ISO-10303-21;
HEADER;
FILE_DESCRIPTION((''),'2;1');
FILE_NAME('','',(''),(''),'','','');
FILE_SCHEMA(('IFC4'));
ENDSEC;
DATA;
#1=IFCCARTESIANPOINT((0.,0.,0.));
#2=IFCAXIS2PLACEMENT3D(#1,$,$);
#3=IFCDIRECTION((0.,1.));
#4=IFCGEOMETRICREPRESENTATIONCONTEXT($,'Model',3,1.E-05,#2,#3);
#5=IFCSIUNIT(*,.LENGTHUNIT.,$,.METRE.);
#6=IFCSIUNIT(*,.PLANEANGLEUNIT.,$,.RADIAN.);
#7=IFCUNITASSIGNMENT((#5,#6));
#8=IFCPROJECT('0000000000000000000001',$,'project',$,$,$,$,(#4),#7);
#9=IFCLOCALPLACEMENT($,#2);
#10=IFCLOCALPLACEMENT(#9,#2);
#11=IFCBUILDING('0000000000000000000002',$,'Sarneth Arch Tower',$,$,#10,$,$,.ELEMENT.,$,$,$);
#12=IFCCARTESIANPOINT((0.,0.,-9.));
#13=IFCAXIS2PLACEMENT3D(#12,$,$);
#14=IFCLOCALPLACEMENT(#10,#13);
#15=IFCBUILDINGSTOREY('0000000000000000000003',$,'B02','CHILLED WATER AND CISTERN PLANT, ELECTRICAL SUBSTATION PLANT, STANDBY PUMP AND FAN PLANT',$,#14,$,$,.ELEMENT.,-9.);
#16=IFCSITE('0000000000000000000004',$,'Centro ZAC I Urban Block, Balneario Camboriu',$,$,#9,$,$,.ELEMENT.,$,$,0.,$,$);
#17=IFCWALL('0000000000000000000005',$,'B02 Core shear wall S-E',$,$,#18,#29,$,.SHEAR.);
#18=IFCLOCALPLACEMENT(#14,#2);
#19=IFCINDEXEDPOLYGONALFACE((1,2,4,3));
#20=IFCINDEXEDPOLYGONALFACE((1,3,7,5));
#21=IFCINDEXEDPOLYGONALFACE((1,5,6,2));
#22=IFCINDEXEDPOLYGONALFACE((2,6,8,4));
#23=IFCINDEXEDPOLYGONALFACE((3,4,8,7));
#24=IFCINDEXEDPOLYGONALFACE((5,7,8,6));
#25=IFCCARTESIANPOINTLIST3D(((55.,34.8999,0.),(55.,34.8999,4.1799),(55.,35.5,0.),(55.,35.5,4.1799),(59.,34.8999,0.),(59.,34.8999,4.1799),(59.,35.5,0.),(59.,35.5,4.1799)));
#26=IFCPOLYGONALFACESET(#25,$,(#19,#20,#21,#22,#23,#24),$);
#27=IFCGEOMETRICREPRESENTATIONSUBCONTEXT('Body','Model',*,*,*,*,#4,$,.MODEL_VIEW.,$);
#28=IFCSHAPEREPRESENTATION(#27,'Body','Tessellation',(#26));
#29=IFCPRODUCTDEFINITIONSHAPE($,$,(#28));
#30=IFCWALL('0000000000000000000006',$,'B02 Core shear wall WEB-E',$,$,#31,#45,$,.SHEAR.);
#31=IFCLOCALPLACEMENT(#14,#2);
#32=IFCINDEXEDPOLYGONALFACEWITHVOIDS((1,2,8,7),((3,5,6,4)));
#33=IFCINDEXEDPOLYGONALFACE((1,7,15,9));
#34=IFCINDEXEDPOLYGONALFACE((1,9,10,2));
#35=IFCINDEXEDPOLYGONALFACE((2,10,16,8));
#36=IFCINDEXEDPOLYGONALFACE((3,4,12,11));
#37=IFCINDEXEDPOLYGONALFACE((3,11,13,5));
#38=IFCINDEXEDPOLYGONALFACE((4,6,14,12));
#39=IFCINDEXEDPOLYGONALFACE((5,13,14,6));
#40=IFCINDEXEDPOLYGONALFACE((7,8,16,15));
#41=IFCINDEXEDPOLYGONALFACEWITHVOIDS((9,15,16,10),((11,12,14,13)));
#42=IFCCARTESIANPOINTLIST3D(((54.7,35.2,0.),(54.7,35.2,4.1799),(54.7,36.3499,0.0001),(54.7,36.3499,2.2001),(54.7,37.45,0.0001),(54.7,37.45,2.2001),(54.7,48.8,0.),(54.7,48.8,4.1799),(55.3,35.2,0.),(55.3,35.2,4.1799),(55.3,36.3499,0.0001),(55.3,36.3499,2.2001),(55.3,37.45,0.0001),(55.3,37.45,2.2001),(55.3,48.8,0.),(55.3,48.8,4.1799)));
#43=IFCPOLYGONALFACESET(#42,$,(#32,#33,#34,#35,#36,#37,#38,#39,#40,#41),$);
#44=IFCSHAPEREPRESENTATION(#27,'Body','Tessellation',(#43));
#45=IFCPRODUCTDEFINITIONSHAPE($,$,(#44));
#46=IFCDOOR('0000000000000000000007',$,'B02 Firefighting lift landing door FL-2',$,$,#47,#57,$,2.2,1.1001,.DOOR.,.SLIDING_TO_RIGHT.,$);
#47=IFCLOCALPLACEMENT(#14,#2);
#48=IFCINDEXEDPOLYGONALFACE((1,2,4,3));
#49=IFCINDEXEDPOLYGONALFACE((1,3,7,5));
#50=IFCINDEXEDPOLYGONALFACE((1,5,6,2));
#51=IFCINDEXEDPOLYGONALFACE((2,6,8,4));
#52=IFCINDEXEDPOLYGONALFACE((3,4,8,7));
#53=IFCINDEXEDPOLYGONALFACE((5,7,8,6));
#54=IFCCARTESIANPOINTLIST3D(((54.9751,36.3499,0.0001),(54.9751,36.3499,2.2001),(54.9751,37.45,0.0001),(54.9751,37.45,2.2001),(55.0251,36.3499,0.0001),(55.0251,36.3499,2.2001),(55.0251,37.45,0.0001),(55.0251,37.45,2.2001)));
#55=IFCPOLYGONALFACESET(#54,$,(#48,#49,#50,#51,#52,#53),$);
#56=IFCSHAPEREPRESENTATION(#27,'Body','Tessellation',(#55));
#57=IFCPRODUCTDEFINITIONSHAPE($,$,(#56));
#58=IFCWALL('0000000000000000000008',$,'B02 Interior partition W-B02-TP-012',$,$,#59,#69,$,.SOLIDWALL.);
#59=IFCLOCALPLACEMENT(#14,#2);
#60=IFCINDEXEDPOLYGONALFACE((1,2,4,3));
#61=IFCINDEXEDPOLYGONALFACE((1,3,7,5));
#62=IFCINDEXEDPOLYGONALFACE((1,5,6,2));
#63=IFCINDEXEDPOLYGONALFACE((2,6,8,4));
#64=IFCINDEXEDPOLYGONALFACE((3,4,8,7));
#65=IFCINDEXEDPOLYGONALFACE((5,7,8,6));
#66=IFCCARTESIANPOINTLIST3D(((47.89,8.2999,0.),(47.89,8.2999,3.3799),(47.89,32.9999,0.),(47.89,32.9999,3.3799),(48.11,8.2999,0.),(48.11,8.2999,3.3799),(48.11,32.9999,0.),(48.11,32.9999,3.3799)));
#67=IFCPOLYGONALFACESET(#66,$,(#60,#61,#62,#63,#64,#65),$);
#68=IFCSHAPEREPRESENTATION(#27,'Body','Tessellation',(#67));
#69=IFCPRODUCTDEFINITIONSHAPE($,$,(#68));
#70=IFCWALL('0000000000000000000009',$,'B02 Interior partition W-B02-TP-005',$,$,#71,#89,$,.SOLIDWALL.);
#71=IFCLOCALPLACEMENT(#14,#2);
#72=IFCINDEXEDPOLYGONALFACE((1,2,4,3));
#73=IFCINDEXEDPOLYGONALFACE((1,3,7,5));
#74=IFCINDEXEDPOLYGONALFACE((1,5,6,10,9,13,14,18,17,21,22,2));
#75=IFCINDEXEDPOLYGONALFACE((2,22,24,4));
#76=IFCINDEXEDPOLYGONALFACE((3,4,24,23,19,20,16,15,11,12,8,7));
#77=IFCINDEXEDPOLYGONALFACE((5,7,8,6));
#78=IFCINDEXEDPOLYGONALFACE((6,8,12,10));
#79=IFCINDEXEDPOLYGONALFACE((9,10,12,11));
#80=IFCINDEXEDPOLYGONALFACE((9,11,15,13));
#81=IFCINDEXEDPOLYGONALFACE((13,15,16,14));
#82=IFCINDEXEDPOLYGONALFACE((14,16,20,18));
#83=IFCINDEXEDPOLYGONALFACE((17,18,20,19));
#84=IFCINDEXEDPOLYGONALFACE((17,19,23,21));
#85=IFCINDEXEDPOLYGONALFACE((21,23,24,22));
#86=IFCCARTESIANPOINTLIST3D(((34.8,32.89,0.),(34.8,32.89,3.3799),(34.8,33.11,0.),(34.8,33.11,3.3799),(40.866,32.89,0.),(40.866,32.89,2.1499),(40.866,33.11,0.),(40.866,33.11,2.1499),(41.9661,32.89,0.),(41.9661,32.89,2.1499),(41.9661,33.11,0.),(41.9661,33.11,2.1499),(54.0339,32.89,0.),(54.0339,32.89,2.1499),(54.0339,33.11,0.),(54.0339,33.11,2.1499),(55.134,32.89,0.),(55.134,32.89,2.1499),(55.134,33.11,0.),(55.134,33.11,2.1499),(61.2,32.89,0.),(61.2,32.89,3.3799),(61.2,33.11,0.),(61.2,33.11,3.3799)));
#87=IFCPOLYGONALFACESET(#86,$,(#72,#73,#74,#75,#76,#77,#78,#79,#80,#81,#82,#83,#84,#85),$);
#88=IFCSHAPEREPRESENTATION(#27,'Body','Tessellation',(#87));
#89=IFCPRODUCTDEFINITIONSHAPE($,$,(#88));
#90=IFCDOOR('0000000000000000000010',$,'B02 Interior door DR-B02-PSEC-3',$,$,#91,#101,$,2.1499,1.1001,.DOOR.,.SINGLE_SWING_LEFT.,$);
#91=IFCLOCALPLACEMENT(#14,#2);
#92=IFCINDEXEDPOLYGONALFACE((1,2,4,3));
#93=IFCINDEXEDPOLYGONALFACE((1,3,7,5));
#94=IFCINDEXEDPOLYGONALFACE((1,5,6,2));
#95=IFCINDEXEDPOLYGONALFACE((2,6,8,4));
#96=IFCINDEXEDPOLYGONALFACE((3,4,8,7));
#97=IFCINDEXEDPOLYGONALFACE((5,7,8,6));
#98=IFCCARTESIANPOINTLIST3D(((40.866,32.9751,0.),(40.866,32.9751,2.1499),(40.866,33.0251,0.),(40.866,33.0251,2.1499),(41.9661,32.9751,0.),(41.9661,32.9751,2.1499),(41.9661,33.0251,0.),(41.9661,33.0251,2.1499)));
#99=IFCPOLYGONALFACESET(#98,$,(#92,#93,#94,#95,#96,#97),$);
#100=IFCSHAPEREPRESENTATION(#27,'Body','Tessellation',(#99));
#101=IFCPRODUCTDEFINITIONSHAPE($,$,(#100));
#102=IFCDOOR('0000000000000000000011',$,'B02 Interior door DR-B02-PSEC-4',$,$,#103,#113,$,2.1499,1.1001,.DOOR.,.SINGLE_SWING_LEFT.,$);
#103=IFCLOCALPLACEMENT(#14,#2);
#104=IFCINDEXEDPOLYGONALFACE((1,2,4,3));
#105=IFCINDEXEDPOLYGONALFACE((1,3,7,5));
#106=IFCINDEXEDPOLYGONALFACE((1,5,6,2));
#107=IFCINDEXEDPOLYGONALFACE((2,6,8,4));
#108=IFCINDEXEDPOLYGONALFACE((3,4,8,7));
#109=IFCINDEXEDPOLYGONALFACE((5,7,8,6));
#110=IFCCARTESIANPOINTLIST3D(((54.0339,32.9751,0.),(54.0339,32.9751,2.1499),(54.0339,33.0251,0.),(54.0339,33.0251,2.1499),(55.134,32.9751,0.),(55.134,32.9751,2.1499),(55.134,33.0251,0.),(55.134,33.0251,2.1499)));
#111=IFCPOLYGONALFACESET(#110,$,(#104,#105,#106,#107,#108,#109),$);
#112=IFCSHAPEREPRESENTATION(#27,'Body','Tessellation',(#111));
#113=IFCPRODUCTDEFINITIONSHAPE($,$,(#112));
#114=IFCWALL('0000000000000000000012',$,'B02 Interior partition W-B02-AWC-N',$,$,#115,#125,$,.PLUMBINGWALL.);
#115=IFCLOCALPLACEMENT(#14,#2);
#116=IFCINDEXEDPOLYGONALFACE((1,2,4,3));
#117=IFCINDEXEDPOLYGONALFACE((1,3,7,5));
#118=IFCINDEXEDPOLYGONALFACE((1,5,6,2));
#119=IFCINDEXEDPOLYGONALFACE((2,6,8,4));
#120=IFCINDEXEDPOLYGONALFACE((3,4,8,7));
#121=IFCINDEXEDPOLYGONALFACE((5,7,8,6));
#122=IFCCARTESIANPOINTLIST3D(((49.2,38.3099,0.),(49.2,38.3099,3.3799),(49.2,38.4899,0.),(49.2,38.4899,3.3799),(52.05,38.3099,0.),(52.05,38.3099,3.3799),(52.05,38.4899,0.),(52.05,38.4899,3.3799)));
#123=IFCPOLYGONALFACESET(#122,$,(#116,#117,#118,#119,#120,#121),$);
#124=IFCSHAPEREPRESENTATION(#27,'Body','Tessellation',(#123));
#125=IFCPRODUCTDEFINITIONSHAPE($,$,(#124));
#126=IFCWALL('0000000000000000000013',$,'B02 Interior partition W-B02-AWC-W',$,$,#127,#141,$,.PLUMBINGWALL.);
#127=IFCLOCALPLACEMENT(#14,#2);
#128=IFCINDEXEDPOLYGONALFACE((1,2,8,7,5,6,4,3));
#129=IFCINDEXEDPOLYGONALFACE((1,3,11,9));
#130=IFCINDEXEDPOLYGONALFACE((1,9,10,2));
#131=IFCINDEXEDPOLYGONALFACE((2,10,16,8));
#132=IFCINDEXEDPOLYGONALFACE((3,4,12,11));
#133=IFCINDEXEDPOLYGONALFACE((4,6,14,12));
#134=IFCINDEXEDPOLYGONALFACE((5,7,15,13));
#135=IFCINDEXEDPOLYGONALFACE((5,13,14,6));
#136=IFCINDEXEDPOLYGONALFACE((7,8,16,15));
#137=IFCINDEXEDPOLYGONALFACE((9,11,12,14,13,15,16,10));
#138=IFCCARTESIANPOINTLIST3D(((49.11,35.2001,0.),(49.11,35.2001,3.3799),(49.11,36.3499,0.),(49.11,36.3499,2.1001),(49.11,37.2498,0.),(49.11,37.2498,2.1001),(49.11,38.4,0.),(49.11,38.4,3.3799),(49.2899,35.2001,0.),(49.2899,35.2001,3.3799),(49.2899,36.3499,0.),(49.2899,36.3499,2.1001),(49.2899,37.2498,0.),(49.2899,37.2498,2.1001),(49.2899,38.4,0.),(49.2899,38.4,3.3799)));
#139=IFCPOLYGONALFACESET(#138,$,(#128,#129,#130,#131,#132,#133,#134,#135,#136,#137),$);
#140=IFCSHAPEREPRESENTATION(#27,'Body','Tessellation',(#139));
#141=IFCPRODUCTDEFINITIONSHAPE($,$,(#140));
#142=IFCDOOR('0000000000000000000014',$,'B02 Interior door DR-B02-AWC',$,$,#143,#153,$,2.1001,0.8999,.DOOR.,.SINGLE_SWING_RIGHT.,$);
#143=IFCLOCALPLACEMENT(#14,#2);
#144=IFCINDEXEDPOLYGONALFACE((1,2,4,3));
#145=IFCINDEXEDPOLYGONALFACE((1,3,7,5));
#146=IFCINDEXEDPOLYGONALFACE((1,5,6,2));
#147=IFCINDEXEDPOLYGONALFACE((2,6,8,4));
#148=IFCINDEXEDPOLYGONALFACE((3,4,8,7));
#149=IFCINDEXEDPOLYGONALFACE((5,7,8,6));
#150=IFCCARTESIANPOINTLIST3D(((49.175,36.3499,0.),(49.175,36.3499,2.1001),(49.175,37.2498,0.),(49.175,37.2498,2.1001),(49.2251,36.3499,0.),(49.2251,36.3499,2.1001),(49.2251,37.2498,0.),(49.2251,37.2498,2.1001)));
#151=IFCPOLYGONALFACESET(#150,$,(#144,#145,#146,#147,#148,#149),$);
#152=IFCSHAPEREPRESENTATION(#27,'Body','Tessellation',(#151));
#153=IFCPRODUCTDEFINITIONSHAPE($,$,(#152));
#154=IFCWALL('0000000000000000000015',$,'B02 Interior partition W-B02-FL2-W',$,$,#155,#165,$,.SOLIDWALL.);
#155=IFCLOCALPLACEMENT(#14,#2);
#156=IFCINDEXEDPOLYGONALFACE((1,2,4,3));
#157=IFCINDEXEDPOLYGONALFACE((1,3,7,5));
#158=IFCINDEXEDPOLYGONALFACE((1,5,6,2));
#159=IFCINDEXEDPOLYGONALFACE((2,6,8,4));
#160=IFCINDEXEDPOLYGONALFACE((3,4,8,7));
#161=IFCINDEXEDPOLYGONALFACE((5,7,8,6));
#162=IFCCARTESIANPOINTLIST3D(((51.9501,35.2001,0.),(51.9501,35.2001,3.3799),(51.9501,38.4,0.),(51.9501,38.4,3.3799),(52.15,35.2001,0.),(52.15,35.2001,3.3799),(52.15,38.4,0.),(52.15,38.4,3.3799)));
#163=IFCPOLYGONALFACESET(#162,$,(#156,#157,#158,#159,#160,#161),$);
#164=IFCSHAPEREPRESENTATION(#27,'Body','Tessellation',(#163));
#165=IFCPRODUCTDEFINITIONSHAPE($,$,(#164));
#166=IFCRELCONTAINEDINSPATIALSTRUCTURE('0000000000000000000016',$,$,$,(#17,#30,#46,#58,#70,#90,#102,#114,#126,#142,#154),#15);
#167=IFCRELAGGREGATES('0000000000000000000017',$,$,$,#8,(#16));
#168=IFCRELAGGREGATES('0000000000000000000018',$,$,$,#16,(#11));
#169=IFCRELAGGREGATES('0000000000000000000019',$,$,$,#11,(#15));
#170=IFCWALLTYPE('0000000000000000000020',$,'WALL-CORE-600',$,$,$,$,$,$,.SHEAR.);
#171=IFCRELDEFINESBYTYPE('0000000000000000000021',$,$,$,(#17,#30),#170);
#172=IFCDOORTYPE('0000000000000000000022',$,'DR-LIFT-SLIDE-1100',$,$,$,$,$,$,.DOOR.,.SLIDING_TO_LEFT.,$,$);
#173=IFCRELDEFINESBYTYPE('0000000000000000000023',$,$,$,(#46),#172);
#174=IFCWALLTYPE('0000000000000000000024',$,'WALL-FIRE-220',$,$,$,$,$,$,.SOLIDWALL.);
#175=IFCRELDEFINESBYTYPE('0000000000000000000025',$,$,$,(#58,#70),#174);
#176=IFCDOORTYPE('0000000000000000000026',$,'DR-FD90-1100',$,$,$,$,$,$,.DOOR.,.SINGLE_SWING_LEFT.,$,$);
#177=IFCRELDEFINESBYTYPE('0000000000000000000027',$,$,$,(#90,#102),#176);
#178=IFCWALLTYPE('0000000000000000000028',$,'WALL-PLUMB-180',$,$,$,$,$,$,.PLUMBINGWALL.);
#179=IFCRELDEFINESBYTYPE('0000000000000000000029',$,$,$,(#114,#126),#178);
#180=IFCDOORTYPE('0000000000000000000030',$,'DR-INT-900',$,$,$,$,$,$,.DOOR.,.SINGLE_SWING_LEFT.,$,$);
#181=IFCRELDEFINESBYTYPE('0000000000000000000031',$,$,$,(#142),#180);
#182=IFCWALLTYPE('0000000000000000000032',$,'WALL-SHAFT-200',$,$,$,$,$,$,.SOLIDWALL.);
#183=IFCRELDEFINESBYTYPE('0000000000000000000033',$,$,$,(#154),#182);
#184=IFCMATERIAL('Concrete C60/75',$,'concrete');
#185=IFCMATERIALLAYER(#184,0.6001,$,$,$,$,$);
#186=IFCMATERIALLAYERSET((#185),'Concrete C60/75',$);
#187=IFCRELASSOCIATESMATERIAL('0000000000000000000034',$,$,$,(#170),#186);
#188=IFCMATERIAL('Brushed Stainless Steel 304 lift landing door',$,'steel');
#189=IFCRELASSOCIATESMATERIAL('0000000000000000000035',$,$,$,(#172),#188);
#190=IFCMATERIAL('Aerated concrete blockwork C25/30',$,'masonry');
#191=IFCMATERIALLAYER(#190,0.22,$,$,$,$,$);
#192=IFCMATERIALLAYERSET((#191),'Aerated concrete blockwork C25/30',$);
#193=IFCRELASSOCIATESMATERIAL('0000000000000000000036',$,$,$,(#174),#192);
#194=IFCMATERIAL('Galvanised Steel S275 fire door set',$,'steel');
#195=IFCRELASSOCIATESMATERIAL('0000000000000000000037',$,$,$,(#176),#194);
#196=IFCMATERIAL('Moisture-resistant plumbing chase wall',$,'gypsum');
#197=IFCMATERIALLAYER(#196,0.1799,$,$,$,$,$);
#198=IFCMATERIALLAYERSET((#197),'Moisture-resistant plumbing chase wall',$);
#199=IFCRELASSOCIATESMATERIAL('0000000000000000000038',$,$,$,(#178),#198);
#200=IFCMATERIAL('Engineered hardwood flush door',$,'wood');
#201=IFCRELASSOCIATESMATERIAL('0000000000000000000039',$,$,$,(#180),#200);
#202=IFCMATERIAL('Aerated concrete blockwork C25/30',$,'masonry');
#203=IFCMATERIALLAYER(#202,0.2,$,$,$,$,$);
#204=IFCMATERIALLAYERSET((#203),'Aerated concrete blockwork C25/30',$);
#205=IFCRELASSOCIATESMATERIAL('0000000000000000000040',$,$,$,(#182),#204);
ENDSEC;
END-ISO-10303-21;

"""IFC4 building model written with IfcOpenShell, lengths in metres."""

from ifc_helpers import new_model, si_unit, direction, frame, frame_2d, origin, place, context, subcontext, project, spatial, rectangle, extrude, material, layer, layer_set, type_object, element, fill, save


model = new_model("IFC4")

# Units and contexts
model_context = context("Model", 3, precision=1e-05, world=origin(), true_north=direction((0.0, 1.0)))
body_context = subcontext(model_context, "Body", "Model", "MODEL_VIEW")
ifc_project = project(units=[si_unit("LENGTHUNIT", "METRE"), si_unit("PLANEANGLEUNIT", "RADIAN")], contexts=[model_context])

# Site, building, storey
site_placement = place(None, origin())
site = spatial("IfcSite", under=ifc_project, at=site_placement, Name="Centro ZAC I Urban Block, Balneario Camboriu", CompositionType="ELEMENT", RefElevation=0.0)
building_placement = place(site_placement, origin())
building = spatial("IfcBuilding", under=site, at=building_placement, Name="Sarneth Arch Tower", CompositionType="ELEMENT")
storey_placement = place(building_placement, frame((0.0, 0.0, -9.0)))
storey = spatial("IfcBuildingStorey", under=building, at=storey_placement, Name="B02", Description="CHILLED WATER AND CISTERN PLANT, ELECTRICAL SUBSTATION PLANT, STANDBY PUMP AND FAN PLANT", CompositionType="ELEMENT", Elevation=-9.0)

# Wall
ifc_material_1 = material(Name="Concrete C60/75", Category="concrete")
ifc_layer_1 = layer(ifc_material_1, 0.6001)
ifc_layer_set_1 = layer_set([ifc_layer_1], Name="Concrete C60/75")
wall_type_1 = type_object("IfcWallType", Name="WALL-CORE-600", PredefinedType="SHEAR", material=ifc_layer_set_1)
wall_1_placement = place(storey_placement, frame((55.0, 35.2, 0.0), z_axis=(0.0, 0.0, 1.0), x_axis=(1.0, 0.0, 0.0)))
element("IfcWall", 1, at=wall_1_placement, inside=storey, type_object=wall_type_1, Name="B02 Core shear wall S-E", PredefinedType="SHEAR", context=body_context, shape_type="SweptSolid", body=[
    extrude(rectangle(XDim=4.0, YDim=0.6001, at=frame_2d((2.0, 0.0))), origin(), (0.0, 0.0, 1.0), 4.1799),
])

# Wall, opening, door
wall_2_placement = place(storey_placement, frame((55.0, 35.2, 0.0), z_axis=(0.0, 0.0, 1.0), x_axis=(0.0, 1.0, 0.0)))
wall_2 = element("IfcWall", 2, at=wall_2_placement, inside=storey, type_object=wall_type_1, Name="B02 Core shear wall WEB-E", PredefinedType="SHEAR", context=body_context, shape_type="SweptSolid", body=[
    extrude(rectangle(XDim=13.6001, YDim=0.6001, at=frame_2d((6.8, 0.0))), origin(), (0.0, 0.0, 1.0), 4.1799),
])
opening_1_placement = place(wall_2_placement, frame((1.1499, 0.0, 0.0)))
opening_1 = element("IfcOpeningElement", 3, at=opening_1_placement, cuts=wall_2, PredefinedType="OPENING", context=body_context, shape_type="SweptSolid", body=[
    extrude(rectangle(XDim=1.1001, YDim=2.2, at=frame_2d((0.55, 1.1001))), frame((0.0, 0.3101, 0.0), z_axis=(0.0, -1.0, 0.0), x_axis=(1.0, 0.0, 0.0)), (0.0, 0.0, 1.0), 0.6201),
])
ifc_material_2 = material(Name="Brushed Stainless Steel 304 lift landing door", Category="steel")
door_type_1 = type_object("IfcDoorType", Name="DR-LIFT-SLIDE-1100", OperationType="SLIDING_TO_LEFT", PredefinedType="DOOR", material=ifc_material_2)
door_1_placement = place(opening_1_placement, origin())
door_1 = element("IfcDoor", 4, at=door_1_placement, inside=storey, type_object=door_type_1, Name="B02 Firefighting lift landing door FL-2", OperationType="SLIDING_TO_RIGHT", OverallHeight=2.2, OverallWidth=1.1001, PredefinedType="DOOR", context=body_context, shape_type="SweptSolid", body=[
    extrude(rectangle(XDim=1.1001, YDim=2.2, at=frame_2d((0.55, 1.1001))), frame((0.0, 0.0249, 0.0), z_axis=(0.0, -1.0, 0.0), x_axis=(1.0, 0.0, 0.0)), (0.0, 0.0, 1.0), 0.05),
])
fill(opening_1, door_1)

# Wall
ifc_material_3 = material(Name="Aerated concrete blockwork C25/30", Category="masonry")
ifc_layer_2 = layer(ifc_material_3, 0.22)
ifc_layer_set_2 = layer_set([ifc_layer_2], Name="Aerated concrete blockwork C25/30")
wall_type_2 = type_object("IfcWallType", Name="WALL-FIRE-220", PredefinedType="SOLIDWALL", material=ifc_layer_set_2)
wall_3_placement = place(storey_placement, frame((48.0, 33.0, 0.0), z_axis=(0.0, 0.0, 1.0), x_axis=(0.0, -1.0, 0.0)))
element("IfcWall", 5, at=wall_3_placement, inside=storey, type_object=wall_type_2, Name="B02 Interior partition W-B02-TP-012", PredefinedType="SOLIDWALL", context=body_context, shape_type="SweptSolid", body=[
    extrude(rectangle(XDim=24.7, YDim=0.22, at=frame_2d((12.3501, 0.0))), origin(), (0.0, 0.0, 1.0), 3.3799),
])

# Wall, openings, doors
wall_4_placement = place(storey_placement, frame((61.2, 33.0, 0.0), z_axis=(0.0, 0.0, 1.0), x_axis=(-1.0, 0.0, 0.0)))
wall_4 = element("IfcWall", 6, at=wall_4_placement, inside=storey, type_object=wall_type_2, Name="B02 Interior partition W-B02-TP-005", PredefinedType="SOLIDWALL", context=body_context, shape_type="SweptSolid", body=[
    extrude(rectangle(XDim=26.3999, YDim=0.22, at=frame_2d((13.2, 0.0))), origin(), (0.0, 0.0, 1.0), 3.3799),
])
opening_2_placement = place(wall_4_placement, frame((19.2339, 0.0, 0.0)))
opening_2 = element("IfcOpeningElement", 7, at=opening_2_placement, cuts=wall_4, PredefinedType="OPENING", context=body_context, shape_type="SweptSolid", body=[
    extrude(rectangle(XDim=1.1001, YDim=2.1499, at=frame_2d((0.55, 1.075))), frame((0.0, 0.1199, 0.0), z_axis=(0.0, -1.0, 0.0), x_axis=(1.0, 0.0, 0.0)), (0.0, 0.0, 1.0), 0.24),
])
opening_3_placement = place(wall_4_placement, frame((6.0659, 0.0, 0.0)))
opening_3 = element("IfcOpeningElement", 8, at=opening_3_placement, cuts=wall_4, PredefinedType="OPENING", context=body_context, shape_type="SweptSolid", body=[
    extrude(rectangle(XDim=1.1001, YDim=2.1499, at=frame_2d((0.55, 1.075))), frame((0.0, 0.1199, 0.0), z_axis=(0.0, -1.0, 0.0), x_axis=(1.0, 0.0, 0.0)), (0.0, 0.0, 1.0), 0.24),
])
ifc_material_4 = material(Name="Galvanised Steel S275 fire door set", Category="steel")
door_type_2 = type_object("IfcDoorType", Name="DR-FD90-1100", OperationType="SINGLE_SWING_LEFT", PredefinedType="DOOR", material=ifc_material_4)
door_2_placement = place(opening_2_placement, origin())
door_2 = element("IfcDoor", 9, at=door_2_placement, inside=storey, type_object=door_type_2, Name="B02 Interior door DR-B02-PSEC-3", OperationType="SINGLE_SWING_LEFT", OverallHeight=2.1499, OverallWidth=1.1001, PredefinedType="DOOR", context=body_context, shape_type="SweptSolid", body=[
    extrude(rectangle(XDim=1.1001, YDim=2.1499, at=frame_2d((0.55, 1.075))), frame((0.0, 0.0249, 0.0), z_axis=(0.0, -1.0, 0.0), x_axis=(1.0, 0.0, 0.0)), (0.0, 0.0, 1.0), 0.05),
])
fill(opening_2, door_2)
door_3_placement = place(opening_3_placement, origin())
door_3 = element("IfcDoor", 10, at=door_3_placement, inside=storey, type_object=door_type_2, Name="B02 Interior door DR-B02-PSEC-4", OperationType="SINGLE_SWING_LEFT", OverallHeight=2.1499, OverallWidth=1.1001, PredefinedType="DOOR", context=body_context, shape_type="SweptSolid", body=[
    extrude(rectangle(XDim=1.1001, YDim=2.1499, at=frame_2d((0.55, 1.075))), frame((0.0, 0.0249, 0.0), z_axis=(0.0, -1.0, 0.0), x_axis=(1.0, 0.0, 0.0)), (0.0, 0.0, 1.0), 0.05),
])
fill(opening_3, door_3)

# Wall
ifc_material_5 = material(Name="Moisture-resistant plumbing chase wall", Category="gypsum")
ifc_layer_3 = layer(ifc_material_5, 0.1799)
ifc_layer_set_3 = layer_set([ifc_layer_3], Name="Moisture-resistant plumbing chase wall")
wall_type_3 = type_object("IfcWallType", Name="WALL-PLUMB-180", PredefinedType="PLUMBINGWALL", material=ifc_layer_set_3)
wall_5_placement = place(storey_placement, frame((49.2, 38.3999, 0.0), z_axis=(0.0, 0.0, 1.0), x_axis=(1.0, 0.0, 0.0)))
element("IfcWall", 11, at=wall_5_placement, inside=storey, type_object=wall_type_3, Name="B02 Interior partition W-B02-AWC-N", PredefinedType="PLUMBINGWALL", context=body_context, shape_type="SweptSolid", body=[
    extrude(rectangle(XDim=2.8501, YDim=0.1799, at=frame_2d((1.425, 0.0))), origin(), (0.0, 0.0, 1.0), 3.3799),
])

# Wall, opening, door
wall_6_placement = place(storey_placement, frame((49.2, 35.2, 0.0), z_axis=(0.0, 0.0, 1.0), x_axis=(0.0, 1.0, 0.0)))
wall_6 = element("IfcWall", 12, at=wall_6_placement, inside=storey, type_object=wall_type_3, Name="B02 Interior partition W-B02-AWC-W", PredefinedType="PLUMBINGWALL", context=body_context, shape_type="SweptSolid", body=[
    extrude(rectangle(XDim=3.2, YDim=0.1799, at=frame_2d((1.6001, 0.0))), origin(), (0.0, 0.0, 1.0), 3.3799),
])
opening_4_placement = place(wall_6_placement, frame((1.1499, 0.0, 0.0)))
opening_4 = element("IfcOpeningElement", 13, at=opening_4_placement, cuts=wall_6, PredefinedType="OPENING", context=body_context, shape_type="SweptSolid", body=[
    extrude(rectangle(XDim=0.8999, YDim=2.1001, at=frame_2d((0.45, 1.05))), frame((0.0, 0.0999, 0.0), z_axis=(0.0, -1.0, 0.0), x_axis=(1.0, 0.0, 0.0)), (0.0, 0.0, 1.0), 0.2),
])
ifc_material_6 = material(Name="Engineered hardwood flush door", Category="wood")
door_type_3 = type_object("IfcDoorType", Name="DR-INT-900", OperationType="SINGLE_SWING_LEFT", PredefinedType="DOOR", material=ifc_material_6)
door_4_placement = place(opening_4_placement, origin())
door_4 = element("IfcDoor", 14, at=door_4_placement, inside=storey, type_object=door_type_3, Name="B02 Interior door DR-B02-AWC", OperationType="SINGLE_SWING_RIGHT", OverallHeight=2.1001, OverallWidth=0.8999, PredefinedType="DOOR", context=body_context, shape_type="SweptSolid", body=[
    extrude(rectangle(XDim=0.8999, YDim=2.1001, at=frame_2d((0.45, 1.05))), frame((0.0, 0.0249, 0.0), z_axis=(0.0, -1.0, 0.0), x_axis=(1.0, 0.0, 0.0)), (0.0, 0.0, 1.0), 0.05),
])
fill(opening_4, door_4)
ifc_material_7 = material(Name="Aerated concrete blockwork C25/30", Category="masonry")
ifc_layer_4 = layer(ifc_material_7, 0.2)
ifc_layer_set_4 = layer_set([ifc_layer_4], Name="Aerated concrete blockwork C25/30")
wall_type_4 = type_object("IfcWallType", Name="WALL-SHAFT-200", PredefinedType="SOLIDWALL", material=ifc_layer_set_4)

# Wall
wall_7_placement = place(storey_placement, frame((52.05, 35.2, 0.0), z_axis=(0.0, 0.0, 1.0), x_axis=(0.0, 1.0, 0.0)))
element("IfcWall", 15, at=wall_7_placement, inside=storey, type_object=wall_type_4, Name="B02 Interior partition W-B02-FL2-W", PredefinedType="SOLIDWALL", context=body_context, shape_type="SweptSolid", body=[
    extrude(rectangle(XDim=3.2, YDim=0.2, at=frame_2d((1.6001, 0.0))), origin(), (0.0, 0.0, 1.0), 3.3799),
])

save(model, "model.ifc")
